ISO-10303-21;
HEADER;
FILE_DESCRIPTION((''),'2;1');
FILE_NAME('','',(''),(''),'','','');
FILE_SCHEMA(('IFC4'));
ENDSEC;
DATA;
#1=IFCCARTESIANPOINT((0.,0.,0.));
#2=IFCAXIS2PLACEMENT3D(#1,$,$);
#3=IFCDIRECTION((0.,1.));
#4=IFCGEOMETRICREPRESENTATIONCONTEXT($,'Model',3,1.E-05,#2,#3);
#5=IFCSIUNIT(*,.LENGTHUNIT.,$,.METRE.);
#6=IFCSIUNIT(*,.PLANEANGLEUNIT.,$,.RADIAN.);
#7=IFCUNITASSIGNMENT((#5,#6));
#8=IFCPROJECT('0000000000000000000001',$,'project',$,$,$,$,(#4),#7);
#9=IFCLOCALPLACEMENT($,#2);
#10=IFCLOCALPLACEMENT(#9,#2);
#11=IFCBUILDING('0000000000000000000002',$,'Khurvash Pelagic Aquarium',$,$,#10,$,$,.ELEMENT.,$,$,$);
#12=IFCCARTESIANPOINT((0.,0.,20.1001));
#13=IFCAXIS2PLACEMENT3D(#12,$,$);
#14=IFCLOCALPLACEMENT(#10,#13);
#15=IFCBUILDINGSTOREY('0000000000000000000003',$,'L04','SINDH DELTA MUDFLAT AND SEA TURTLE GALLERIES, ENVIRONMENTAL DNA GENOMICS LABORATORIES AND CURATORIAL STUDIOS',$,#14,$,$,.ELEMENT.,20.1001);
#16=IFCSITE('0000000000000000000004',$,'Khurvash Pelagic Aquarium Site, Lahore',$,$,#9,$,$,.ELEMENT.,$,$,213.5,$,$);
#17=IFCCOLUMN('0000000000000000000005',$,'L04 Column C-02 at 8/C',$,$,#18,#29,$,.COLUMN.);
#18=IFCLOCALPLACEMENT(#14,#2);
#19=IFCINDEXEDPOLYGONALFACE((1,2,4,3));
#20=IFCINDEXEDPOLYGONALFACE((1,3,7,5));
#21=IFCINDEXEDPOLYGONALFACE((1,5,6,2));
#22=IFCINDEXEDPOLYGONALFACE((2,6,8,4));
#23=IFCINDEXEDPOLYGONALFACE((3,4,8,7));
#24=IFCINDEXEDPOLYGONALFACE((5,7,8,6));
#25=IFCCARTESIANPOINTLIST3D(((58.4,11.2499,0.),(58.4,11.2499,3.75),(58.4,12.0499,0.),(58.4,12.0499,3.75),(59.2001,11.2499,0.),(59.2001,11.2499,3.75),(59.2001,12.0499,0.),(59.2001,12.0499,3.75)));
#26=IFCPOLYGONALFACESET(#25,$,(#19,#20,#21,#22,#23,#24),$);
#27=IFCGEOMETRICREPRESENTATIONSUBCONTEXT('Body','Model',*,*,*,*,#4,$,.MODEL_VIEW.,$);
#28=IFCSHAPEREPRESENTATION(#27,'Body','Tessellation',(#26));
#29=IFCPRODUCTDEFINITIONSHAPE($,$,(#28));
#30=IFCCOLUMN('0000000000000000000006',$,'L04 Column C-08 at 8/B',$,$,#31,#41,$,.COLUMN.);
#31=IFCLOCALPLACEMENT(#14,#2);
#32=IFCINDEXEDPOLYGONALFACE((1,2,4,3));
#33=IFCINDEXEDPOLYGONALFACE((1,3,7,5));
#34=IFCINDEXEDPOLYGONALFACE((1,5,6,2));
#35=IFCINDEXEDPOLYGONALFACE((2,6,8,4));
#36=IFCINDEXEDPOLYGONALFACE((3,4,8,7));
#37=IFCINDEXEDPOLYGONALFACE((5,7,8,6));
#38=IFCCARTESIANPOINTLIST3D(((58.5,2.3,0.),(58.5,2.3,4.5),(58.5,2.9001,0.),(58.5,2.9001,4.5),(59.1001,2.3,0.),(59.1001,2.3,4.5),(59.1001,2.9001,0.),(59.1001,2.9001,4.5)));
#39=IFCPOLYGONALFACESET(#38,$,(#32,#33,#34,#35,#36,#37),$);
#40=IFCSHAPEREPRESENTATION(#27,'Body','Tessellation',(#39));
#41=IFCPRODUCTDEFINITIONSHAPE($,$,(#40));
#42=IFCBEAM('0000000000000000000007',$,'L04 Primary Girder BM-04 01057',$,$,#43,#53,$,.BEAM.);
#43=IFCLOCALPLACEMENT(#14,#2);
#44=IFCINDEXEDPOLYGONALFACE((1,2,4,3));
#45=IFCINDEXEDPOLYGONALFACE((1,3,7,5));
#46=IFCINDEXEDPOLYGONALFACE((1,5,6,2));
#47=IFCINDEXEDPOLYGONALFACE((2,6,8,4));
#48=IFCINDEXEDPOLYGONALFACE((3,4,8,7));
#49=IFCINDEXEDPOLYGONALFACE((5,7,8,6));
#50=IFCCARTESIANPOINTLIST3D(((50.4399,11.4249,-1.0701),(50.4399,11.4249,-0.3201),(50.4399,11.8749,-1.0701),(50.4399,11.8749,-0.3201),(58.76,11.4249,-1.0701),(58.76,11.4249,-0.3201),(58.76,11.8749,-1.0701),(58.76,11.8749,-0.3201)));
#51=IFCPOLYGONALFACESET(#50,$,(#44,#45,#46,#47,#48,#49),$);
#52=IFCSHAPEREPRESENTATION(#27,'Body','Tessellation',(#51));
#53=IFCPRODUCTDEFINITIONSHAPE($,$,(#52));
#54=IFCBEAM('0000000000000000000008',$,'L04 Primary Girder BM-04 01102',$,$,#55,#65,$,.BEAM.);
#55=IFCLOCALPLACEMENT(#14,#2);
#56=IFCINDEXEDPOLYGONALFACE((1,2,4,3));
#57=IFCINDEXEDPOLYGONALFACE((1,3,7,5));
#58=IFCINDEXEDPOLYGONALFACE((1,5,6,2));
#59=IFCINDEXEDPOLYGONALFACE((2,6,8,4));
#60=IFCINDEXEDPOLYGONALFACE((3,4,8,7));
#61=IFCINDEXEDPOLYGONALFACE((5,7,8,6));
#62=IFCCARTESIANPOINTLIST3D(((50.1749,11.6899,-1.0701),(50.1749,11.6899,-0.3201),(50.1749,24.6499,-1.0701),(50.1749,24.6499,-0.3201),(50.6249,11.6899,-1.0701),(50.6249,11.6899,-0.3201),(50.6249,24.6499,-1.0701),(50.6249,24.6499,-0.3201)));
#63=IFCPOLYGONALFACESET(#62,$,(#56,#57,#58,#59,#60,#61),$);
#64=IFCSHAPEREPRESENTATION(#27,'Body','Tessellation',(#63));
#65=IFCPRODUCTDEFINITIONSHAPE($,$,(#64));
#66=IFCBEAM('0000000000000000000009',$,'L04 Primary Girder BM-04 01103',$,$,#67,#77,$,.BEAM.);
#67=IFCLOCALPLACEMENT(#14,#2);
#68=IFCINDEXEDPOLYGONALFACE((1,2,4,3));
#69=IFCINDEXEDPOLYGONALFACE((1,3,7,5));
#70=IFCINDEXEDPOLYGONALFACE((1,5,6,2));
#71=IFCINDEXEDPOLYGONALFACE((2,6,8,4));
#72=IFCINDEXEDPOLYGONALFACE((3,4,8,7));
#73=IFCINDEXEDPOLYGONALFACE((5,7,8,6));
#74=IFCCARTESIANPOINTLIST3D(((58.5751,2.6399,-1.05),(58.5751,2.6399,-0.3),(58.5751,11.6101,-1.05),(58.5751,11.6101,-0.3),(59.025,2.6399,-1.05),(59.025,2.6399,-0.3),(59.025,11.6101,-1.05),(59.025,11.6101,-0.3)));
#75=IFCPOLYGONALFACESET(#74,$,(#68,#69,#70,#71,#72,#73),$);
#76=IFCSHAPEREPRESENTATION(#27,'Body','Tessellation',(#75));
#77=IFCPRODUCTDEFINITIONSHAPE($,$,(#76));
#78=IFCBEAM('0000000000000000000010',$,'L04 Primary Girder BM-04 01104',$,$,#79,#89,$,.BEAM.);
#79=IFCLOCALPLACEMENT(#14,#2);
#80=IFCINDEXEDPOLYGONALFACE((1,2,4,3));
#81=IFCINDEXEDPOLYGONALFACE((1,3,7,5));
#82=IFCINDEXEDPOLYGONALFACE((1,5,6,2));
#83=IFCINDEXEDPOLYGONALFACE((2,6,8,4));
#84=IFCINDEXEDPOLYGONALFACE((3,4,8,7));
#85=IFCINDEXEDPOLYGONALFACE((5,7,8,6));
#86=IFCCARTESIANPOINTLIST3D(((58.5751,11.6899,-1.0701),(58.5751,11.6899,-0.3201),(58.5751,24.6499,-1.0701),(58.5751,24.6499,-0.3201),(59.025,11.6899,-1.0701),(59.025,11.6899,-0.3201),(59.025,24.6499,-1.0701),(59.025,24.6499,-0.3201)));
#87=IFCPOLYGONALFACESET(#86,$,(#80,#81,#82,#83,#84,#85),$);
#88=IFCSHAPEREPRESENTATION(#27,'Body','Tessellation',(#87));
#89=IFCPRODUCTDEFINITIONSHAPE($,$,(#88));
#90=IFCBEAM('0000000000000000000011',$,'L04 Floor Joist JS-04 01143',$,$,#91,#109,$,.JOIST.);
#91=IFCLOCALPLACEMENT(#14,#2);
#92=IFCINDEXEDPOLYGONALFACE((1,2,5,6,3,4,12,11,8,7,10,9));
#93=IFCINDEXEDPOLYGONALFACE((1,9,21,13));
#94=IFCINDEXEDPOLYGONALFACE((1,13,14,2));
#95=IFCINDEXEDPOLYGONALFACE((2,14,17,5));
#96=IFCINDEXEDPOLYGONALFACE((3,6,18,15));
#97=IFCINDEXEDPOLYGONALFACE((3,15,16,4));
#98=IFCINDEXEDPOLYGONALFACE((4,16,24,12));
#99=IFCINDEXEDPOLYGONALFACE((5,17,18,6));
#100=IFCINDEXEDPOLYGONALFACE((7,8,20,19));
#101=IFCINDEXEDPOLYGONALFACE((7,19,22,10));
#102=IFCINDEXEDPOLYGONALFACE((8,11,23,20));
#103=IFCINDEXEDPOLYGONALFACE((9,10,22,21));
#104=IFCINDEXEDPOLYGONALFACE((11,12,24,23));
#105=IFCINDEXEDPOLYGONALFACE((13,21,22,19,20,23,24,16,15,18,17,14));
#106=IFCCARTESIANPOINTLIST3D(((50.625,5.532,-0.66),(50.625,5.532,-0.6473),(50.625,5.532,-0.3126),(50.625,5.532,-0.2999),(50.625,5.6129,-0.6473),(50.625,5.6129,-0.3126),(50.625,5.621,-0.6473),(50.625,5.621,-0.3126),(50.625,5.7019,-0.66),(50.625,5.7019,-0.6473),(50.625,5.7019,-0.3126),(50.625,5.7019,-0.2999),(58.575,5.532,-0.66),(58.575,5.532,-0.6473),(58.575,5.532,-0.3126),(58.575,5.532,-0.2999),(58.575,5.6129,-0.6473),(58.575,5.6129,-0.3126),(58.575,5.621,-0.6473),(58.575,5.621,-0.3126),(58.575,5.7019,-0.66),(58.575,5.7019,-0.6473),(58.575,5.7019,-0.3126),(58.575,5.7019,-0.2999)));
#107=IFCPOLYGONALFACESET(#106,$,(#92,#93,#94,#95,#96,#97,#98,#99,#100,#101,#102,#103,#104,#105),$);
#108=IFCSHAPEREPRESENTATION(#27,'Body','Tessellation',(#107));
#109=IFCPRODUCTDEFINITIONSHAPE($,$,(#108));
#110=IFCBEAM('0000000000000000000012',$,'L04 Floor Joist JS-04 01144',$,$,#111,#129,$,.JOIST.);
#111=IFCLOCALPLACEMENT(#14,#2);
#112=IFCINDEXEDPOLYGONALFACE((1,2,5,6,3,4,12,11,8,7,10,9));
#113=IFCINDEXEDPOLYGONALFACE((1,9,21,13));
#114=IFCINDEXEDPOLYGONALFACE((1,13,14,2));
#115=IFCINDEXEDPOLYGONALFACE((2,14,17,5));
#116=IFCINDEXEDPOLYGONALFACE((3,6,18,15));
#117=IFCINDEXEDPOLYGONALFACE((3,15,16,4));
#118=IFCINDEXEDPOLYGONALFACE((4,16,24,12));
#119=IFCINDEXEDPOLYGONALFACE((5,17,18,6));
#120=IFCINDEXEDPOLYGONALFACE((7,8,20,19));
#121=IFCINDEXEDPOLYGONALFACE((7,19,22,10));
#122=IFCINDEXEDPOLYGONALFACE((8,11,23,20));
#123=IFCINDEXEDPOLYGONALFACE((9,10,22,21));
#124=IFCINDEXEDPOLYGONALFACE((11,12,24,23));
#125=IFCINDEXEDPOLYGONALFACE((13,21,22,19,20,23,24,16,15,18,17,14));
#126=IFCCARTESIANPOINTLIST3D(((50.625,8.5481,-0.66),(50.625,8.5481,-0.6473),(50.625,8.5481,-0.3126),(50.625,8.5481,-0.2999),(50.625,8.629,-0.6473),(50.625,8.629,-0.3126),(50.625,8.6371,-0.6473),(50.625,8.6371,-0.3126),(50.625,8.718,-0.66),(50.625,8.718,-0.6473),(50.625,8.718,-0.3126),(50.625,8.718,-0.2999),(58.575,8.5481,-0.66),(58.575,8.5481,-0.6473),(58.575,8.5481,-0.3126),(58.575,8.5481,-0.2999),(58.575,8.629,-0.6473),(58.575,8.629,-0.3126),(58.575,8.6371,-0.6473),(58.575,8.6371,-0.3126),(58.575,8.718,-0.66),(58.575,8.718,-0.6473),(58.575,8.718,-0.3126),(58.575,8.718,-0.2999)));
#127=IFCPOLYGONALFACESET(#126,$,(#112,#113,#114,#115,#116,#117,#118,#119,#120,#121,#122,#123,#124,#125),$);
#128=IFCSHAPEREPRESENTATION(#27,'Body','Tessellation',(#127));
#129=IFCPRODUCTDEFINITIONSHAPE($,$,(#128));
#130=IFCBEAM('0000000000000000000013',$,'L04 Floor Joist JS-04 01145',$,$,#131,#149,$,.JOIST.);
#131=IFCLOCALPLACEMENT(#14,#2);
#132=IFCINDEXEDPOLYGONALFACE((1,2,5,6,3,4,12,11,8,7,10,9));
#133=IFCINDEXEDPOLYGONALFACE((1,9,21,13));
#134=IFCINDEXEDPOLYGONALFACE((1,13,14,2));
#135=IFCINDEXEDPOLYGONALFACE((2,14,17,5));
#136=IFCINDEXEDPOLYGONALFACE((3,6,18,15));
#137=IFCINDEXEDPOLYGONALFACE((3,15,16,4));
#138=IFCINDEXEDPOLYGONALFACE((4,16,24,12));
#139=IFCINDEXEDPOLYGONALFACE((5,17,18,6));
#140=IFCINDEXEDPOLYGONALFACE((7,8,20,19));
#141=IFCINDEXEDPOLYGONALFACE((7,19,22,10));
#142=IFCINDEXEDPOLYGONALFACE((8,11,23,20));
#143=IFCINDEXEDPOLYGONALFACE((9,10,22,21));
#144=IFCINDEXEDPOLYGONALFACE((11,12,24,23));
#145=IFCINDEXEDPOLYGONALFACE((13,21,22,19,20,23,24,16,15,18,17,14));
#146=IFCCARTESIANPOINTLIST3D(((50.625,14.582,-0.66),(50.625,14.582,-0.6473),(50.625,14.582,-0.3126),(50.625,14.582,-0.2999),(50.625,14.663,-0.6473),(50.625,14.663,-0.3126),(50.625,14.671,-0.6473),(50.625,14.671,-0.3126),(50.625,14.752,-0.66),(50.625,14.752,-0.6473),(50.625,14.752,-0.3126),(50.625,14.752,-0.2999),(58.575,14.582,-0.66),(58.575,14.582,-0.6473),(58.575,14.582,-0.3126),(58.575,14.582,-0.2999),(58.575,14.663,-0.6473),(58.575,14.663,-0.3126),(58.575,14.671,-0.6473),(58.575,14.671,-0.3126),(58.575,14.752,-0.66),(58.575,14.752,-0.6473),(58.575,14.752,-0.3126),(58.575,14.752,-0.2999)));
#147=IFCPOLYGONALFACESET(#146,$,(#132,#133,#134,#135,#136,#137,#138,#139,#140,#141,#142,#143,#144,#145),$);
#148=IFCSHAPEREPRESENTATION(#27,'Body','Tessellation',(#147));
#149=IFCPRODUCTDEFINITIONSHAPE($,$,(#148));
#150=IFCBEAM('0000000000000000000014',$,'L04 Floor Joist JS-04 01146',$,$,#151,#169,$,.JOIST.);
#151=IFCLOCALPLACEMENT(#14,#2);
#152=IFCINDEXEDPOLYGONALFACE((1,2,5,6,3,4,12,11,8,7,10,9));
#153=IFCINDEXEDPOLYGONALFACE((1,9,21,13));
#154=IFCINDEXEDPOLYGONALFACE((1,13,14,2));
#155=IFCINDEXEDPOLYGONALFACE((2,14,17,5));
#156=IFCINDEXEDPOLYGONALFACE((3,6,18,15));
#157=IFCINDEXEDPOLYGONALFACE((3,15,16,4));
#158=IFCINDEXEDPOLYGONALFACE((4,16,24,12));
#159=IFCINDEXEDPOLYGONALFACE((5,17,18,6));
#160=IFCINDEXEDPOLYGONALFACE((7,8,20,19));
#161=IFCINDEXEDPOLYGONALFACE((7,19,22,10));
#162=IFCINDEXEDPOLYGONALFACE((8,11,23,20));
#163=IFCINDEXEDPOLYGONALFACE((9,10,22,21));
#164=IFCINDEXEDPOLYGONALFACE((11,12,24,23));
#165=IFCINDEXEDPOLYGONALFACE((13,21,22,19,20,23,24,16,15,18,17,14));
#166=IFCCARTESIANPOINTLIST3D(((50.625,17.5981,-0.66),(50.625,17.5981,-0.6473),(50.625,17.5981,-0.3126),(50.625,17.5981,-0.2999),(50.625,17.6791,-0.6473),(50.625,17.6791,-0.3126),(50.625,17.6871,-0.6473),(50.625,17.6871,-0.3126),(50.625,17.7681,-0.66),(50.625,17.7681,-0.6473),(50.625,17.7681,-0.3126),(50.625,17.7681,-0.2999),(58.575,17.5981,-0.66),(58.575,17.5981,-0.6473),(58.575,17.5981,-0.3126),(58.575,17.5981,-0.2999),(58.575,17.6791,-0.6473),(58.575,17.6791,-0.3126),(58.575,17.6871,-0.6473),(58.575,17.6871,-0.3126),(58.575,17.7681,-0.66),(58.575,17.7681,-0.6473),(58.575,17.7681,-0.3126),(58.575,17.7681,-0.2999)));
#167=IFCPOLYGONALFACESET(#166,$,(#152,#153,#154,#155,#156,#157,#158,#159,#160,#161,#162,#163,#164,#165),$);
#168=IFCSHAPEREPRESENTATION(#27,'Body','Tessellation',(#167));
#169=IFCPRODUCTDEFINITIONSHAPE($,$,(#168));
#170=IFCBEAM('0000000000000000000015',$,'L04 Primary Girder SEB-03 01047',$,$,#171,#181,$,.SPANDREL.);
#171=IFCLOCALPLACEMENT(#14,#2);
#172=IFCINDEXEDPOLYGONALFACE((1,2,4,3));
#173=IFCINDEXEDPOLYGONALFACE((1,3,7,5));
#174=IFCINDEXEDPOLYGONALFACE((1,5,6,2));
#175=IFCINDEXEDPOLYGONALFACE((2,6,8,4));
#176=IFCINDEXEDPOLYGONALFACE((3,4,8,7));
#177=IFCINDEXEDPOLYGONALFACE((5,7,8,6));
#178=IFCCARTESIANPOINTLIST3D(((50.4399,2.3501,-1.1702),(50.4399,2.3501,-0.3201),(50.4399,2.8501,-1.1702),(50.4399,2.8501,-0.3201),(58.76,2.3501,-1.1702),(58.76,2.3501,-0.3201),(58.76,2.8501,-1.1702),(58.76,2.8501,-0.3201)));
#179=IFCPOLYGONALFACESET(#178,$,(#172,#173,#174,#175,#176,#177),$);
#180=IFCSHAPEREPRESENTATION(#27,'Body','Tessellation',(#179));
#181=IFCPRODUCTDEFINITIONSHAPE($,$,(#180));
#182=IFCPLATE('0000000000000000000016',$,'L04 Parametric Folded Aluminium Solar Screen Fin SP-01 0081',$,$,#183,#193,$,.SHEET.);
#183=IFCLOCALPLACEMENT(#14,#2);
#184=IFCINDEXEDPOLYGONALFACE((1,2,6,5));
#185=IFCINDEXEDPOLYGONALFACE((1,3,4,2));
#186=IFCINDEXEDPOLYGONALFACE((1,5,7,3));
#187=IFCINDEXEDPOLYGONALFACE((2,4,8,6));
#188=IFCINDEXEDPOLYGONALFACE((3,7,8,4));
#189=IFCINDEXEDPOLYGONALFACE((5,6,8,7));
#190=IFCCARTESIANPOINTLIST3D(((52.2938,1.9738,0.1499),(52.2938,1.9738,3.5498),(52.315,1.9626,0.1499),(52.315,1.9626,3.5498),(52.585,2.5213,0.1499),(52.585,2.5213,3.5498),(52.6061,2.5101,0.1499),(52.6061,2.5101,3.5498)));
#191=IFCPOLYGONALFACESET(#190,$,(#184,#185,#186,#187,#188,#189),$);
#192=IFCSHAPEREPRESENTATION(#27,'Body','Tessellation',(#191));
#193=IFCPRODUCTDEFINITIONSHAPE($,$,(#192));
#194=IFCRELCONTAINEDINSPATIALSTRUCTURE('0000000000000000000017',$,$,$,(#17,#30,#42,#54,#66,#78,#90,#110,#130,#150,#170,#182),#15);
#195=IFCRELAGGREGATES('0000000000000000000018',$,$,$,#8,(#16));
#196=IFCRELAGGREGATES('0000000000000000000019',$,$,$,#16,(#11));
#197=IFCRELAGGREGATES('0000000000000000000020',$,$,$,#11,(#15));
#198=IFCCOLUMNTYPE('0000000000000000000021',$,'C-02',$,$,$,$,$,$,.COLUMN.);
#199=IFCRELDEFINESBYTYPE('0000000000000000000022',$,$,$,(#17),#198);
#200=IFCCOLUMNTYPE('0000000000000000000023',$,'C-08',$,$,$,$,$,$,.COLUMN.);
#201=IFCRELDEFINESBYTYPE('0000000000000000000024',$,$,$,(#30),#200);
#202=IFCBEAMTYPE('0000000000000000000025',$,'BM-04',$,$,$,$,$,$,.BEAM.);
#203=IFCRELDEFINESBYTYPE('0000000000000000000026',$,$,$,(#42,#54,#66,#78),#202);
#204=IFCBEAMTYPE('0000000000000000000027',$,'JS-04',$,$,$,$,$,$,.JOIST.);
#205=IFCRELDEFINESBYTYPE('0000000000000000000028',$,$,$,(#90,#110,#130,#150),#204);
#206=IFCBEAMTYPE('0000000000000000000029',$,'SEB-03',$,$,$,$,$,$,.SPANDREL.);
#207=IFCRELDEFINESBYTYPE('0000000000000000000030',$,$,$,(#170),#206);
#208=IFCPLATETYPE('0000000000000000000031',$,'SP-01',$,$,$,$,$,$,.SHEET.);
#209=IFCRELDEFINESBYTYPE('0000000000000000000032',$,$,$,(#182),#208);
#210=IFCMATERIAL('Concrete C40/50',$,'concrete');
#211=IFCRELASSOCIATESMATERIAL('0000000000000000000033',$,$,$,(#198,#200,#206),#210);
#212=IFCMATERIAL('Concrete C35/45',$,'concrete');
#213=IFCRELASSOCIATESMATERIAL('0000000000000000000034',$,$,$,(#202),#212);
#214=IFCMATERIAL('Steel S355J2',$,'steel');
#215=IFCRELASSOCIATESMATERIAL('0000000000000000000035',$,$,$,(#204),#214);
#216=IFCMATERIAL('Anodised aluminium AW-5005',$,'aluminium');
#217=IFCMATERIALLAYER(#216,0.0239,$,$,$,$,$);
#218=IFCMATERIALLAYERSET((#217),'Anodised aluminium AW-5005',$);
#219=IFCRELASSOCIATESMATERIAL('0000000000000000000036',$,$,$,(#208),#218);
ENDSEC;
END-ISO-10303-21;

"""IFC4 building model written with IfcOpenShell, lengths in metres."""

from ifc_helpers import new_model, si_unit, direction, frame, origin, origin_2d, place, context, subcontext, project, spatial, rectangle, i_section, extrude, material, layer, layer_set, material_profile, profile_set, type_object, element, save


model = new_model("IFC4")

# Units and contexts
model_context = context("Model", 3, precision=1e-05, world=origin(), true_north=direction((0.0, 1.0)))
body_context = subcontext(model_context, "Body", "Model", "MODEL_VIEW")
ifc_project = project(units=[si_unit("LENGTHUNIT", "METRE"), si_unit("PLANEANGLEUNIT", "RADIAN")], contexts=[model_context])

# Site, building, storey
site_placement = place(None, origin())
site = spatial("IfcSite", under=ifc_project, at=site_placement, Name="Khurvash Pelagic Aquarium Site, Lahore", CompositionType="ELEMENT", RefElevation=213.5)
building_placement = place(site_placement, origin())
building = spatial("IfcBuilding", under=site, at=building_placement, Name="Khurvash Pelagic Aquarium", CompositionType="ELEMENT")
storey_placement = place(building_placement, frame((0.0, 0.0, 20.1001)))
storey = spatial("IfcBuildingStorey", under=building, at=storey_placement, Name="L04", Description="SINDH DELTA MUDFLAT AND SEA TURTLE GALLERIES, ENVIRONMENTAL DNA GENOMICS LABORATORIES AND CURATORIAL STUDIOS", CompositionType="ELEMENT", Elevation=20.1001)

# Columns
ifc_material_1 = material(Name="Concrete C40/50", Category="concrete")
ifc_material_profile_1 = material_profile(ifc_material_1, rectangle(XDim=0.8, YDim=0.8, at=origin_2d()), Name="RC800X800")
ifc_profile_set_1 = profile_set([ifc_material_profile_1], Name="Concrete C40/50")
column_type_1 = type_object("IfcColumnType", Name="C-02", PredefinedType="COLUMN", material=ifc_profile_set_1)
column_1_placement = place(storey_placement, frame((58.8, 11.6499, 0.0), z_axis=(0.0, 0.0, 1.0), x_axis=(1.0, 0.0, 0.0)))
element("IfcColumn", 1, at=column_1_placement, inside=storey, type_object=column_type_1, Name="L04 Column C-02 at 8/C", PredefinedType="COLUMN", context=body_context, shape_type="SweptSolid", body=[
    extrude(rectangle(XDim=0.8, YDim=0.8, at=origin_2d()), origin(), (0.0, 0.0, 1.0), 3.75),
])
ifc_material_profile_2 = material_profile(ifc_material_1, rectangle(XDim=0.6001, YDim=0.6001, at=origin_2d()), Name="RC600X600")
ifc_profile_set_2 = profile_set([ifc_material_profile_2], Name="Concrete C40/50")
column_type_2 = type_object("IfcColumnType", Name="C-08", PredefinedType="COLUMN", material=ifc_profile_set_2)
column_2_placement = place(storey_placement, frame((58.8, 2.6001, 0.0), z_axis=(0.0, 0.0, 1.0), x_axis=(1.0, 0.0, 0.0)))
element("IfcColumn", 2, at=column_2_placement, inside=storey, type_object=column_type_2, Name="L04 Column C-08 at 8/B", PredefinedType="COLUMN", context=body_context, shape_type="SweptSolid", body=[
    extrude(rectangle(XDim=0.6001, YDim=0.6001, at=origin_2d()), origin(), (0.0, 0.0, 1.0), 4.5),
])

# Beams
ifc_material_2 = material(Name="Concrete C35/45", Category="concrete")
ifc_material_profile_3 = material_profile(ifc_material_2, rectangle(XDim=0.45, YDim=0.75, at=origin_2d()), Name="RC450X750")
ifc_profile_set_3 = profile_set([ifc_material_profile_3], Name="Concrete C35/45")
beam_type_1 = type_object("IfcBeamType", Name="BM-04", PredefinedType="BEAM", material=ifc_profile_set_3)
beam_1_placement = place(storey_placement, frame((50.4399, 11.6499, -0.6951), z_axis=(1.0, 0.0, 0.0), x_axis=(0.0, 1.0, 0.0)))
element("IfcBeam", 3, at=beam_1_placement, inside=storey, type_object=beam_type_1, Name="L04 Primary Girder BM-04 01057", PredefinedType="BEAM", context=body_context, shape_type="SweptSolid", body=[
    extrude(rectangle(XDim=0.45, YDim=0.75, at=origin_2d()), origin(), (0.0, 0.0, 1.0), 8.3201),
])
beam_2_placement = place(storey_placement, frame((50.3999, 11.6899, -0.6951), z_axis=(0.0, 1.0, 0.0), x_axis=(-1.0, 0.0, 0.0)))
element("IfcBeam", 4, at=beam_2_placement, inside=storey, type_object=beam_type_1, Name="L04 Primary Girder BM-04 01102", PredefinedType="BEAM", context=body_context, shape_type="SweptSolid", body=[
    extrude(rectangle(XDim=0.45, YDim=0.75, at=origin_2d()), origin(), (0.0, 0.0, 1.0), 12.96),
])
beam_3_placement = place(storey_placement, frame((58.8, 2.6399, -0.675), z_axis=(0.0, 1.0, 0.0), x_axis=(-1.0, 0.0, 0.0)))
element("IfcBeam", 5, at=beam_3_placement, inside=storey, type_object=beam_type_1, Name="L04 Primary Girder BM-04 01103", PredefinedType="BEAM", context=body_context, shape_type="SweptSolid", body=[
    extrude(rectangle(XDim=0.45, YDim=0.75, at=origin_2d()), origin(), (0.0, 0.0, 1.0), 8.9702),
])
beam_4_placement = place(storey_placement, frame((58.8, 11.6899, -0.6951), z_axis=(0.0, 1.0, 0.0), x_axis=(-1.0, 0.0, 0.0)))
element("IfcBeam", 6, at=beam_4_placement, inside=storey, type_object=beam_type_1, Name="L04 Primary Girder BM-04 01104", PredefinedType="BEAM", context=body_context, shape_type="SweptSolid", body=[
    extrude(rectangle(XDim=0.45, YDim=0.75, at=origin_2d()), origin(), (0.0, 0.0, 1.0), 12.96),
])
ifc_material_3 = material(Name="Steel S355J2", Category="steel")
ifc_material_profile_4 = material_profile(ifc_material_3, i_section(OverallWidth=0.1699, OverallDepth=0.3601, WebThickness=0.0081, FlangeThickness=0.0127, at=origin_2d()), Name="IPE360")
ifc_profile_set_4 = profile_set([ifc_material_profile_4], Name="Steel S355J2")
beam_type_2 = type_object("IfcBeamType", Name="JS-04", PredefinedType="JOIST", material=ifc_profile_set_4)
for number, where, z_axis, x_axis, name in (
    (7, (50.625, 5.6169, -0.48), (1.0, 0.0, 0.0), (0.0, 1.0, 0.0), "L04 Floor Joist JS-04 01143"),
    (8, (50.625, 8.6331, -0.48), (1.0, 0.0, 0.0), (0.0, 1.0, 0.0), "L04 Floor Joist JS-04 01144"),
    (9, (50.625, 14.667, -0.48), (1.0, 0.0, 0.0), (0.0, 1.0, 0.0), "L04 Floor Joist JS-04 01145"),
    (10, (50.625, 17.6831, -0.48), (1.0, 0.0, 0.0), (0.0, 1.0, 0.0), "L04 Floor Joist JS-04 01146"),
):
    element("IfcBeam", number, at=place(storey_placement, frame(where, z_axis=z_axis, x_axis=x_axis)), inside=storey, type_object=beam_type_2, Name=name, PredefinedType="JOIST", context=body_context, shape_type="SweptSolid", body=[
        extrude(i_section(OverallWidth=0.1699, OverallDepth=0.3601, WebThickness=0.0081, FlangeThickness=0.0127, at=origin_2d()), origin(), (0.0, 0.0, 1.0), 7.95),
    ])
ifc_material_profile_5 = material_profile(ifc_material_1, rectangle(XDim=0.5, YDim=0.8501, at=origin_2d()), Name="RC500X850")
ifc_profile_set_5 = profile_set([ifc_material_profile_5], Name="Concrete C40/50")
beam_type_3 = type_object("IfcBeamType", Name="SEB-03", PredefinedType="SPANDREL", material=ifc_profile_set_5)
beam_5_placement = place(storey_placement, frame((50.4399, 2.6001, -0.7451), z_axis=(1.0, 0.0, 0.0), x_axis=(0.0, 1.0, 0.0)))
element("IfcBeam", 11, at=beam_5_placement, inside=storey, type_object=beam_type_3, Name="L04 Primary Girder SEB-03 01047", PredefinedType="SPANDREL", context=body_context, shape_type="SweptSolid", body=[
    extrude(rectangle(XDim=0.5, YDim=0.8501, at=origin_2d()), origin(), (0.0, 0.0, 1.0), 8.3201),
])

# Plate
ifc_material_4 = material(Name="Anodised aluminium AW-5005", Category="aluminium")
ifc_layer_1 = layer(ifc_material_4, 0.0239)
ifc_layer_set_1 = layer_set([ifc_layer_1], Name="Anodised aluminium AW-5005")
plate_type = type_object("IfcPlateType", Name="SP-01", PredefinedType="SHEET", material=ifc_layer_set_1)
for number, where, z_axis, x_axis, name in (
    (12, (52.45, 2.2419, 0.1499), (0.0, 0.0, 1.0), (-0.469472, -0.882948, 0.0), "L04 Parametric Folded Aluminium Solar Screen Fin SP-01 0081"),
):
    element("IfcPlate", number, at=place(storey_placement, frame(where, z_axis=z_axis, x_axis=x_axis)), inside=storey, type_object=plate_type, Name=name, PredefinedType="SHEET", context=body_context, shape_type="SweptSolid", body=[
        extrude(rectangle(XDim=0.6201, YDim=0.0239, at=origin_2d()), origin(), (0.0, 0.0, 1.0), 3.3999),
    ])

save(model, "model.ifc")
